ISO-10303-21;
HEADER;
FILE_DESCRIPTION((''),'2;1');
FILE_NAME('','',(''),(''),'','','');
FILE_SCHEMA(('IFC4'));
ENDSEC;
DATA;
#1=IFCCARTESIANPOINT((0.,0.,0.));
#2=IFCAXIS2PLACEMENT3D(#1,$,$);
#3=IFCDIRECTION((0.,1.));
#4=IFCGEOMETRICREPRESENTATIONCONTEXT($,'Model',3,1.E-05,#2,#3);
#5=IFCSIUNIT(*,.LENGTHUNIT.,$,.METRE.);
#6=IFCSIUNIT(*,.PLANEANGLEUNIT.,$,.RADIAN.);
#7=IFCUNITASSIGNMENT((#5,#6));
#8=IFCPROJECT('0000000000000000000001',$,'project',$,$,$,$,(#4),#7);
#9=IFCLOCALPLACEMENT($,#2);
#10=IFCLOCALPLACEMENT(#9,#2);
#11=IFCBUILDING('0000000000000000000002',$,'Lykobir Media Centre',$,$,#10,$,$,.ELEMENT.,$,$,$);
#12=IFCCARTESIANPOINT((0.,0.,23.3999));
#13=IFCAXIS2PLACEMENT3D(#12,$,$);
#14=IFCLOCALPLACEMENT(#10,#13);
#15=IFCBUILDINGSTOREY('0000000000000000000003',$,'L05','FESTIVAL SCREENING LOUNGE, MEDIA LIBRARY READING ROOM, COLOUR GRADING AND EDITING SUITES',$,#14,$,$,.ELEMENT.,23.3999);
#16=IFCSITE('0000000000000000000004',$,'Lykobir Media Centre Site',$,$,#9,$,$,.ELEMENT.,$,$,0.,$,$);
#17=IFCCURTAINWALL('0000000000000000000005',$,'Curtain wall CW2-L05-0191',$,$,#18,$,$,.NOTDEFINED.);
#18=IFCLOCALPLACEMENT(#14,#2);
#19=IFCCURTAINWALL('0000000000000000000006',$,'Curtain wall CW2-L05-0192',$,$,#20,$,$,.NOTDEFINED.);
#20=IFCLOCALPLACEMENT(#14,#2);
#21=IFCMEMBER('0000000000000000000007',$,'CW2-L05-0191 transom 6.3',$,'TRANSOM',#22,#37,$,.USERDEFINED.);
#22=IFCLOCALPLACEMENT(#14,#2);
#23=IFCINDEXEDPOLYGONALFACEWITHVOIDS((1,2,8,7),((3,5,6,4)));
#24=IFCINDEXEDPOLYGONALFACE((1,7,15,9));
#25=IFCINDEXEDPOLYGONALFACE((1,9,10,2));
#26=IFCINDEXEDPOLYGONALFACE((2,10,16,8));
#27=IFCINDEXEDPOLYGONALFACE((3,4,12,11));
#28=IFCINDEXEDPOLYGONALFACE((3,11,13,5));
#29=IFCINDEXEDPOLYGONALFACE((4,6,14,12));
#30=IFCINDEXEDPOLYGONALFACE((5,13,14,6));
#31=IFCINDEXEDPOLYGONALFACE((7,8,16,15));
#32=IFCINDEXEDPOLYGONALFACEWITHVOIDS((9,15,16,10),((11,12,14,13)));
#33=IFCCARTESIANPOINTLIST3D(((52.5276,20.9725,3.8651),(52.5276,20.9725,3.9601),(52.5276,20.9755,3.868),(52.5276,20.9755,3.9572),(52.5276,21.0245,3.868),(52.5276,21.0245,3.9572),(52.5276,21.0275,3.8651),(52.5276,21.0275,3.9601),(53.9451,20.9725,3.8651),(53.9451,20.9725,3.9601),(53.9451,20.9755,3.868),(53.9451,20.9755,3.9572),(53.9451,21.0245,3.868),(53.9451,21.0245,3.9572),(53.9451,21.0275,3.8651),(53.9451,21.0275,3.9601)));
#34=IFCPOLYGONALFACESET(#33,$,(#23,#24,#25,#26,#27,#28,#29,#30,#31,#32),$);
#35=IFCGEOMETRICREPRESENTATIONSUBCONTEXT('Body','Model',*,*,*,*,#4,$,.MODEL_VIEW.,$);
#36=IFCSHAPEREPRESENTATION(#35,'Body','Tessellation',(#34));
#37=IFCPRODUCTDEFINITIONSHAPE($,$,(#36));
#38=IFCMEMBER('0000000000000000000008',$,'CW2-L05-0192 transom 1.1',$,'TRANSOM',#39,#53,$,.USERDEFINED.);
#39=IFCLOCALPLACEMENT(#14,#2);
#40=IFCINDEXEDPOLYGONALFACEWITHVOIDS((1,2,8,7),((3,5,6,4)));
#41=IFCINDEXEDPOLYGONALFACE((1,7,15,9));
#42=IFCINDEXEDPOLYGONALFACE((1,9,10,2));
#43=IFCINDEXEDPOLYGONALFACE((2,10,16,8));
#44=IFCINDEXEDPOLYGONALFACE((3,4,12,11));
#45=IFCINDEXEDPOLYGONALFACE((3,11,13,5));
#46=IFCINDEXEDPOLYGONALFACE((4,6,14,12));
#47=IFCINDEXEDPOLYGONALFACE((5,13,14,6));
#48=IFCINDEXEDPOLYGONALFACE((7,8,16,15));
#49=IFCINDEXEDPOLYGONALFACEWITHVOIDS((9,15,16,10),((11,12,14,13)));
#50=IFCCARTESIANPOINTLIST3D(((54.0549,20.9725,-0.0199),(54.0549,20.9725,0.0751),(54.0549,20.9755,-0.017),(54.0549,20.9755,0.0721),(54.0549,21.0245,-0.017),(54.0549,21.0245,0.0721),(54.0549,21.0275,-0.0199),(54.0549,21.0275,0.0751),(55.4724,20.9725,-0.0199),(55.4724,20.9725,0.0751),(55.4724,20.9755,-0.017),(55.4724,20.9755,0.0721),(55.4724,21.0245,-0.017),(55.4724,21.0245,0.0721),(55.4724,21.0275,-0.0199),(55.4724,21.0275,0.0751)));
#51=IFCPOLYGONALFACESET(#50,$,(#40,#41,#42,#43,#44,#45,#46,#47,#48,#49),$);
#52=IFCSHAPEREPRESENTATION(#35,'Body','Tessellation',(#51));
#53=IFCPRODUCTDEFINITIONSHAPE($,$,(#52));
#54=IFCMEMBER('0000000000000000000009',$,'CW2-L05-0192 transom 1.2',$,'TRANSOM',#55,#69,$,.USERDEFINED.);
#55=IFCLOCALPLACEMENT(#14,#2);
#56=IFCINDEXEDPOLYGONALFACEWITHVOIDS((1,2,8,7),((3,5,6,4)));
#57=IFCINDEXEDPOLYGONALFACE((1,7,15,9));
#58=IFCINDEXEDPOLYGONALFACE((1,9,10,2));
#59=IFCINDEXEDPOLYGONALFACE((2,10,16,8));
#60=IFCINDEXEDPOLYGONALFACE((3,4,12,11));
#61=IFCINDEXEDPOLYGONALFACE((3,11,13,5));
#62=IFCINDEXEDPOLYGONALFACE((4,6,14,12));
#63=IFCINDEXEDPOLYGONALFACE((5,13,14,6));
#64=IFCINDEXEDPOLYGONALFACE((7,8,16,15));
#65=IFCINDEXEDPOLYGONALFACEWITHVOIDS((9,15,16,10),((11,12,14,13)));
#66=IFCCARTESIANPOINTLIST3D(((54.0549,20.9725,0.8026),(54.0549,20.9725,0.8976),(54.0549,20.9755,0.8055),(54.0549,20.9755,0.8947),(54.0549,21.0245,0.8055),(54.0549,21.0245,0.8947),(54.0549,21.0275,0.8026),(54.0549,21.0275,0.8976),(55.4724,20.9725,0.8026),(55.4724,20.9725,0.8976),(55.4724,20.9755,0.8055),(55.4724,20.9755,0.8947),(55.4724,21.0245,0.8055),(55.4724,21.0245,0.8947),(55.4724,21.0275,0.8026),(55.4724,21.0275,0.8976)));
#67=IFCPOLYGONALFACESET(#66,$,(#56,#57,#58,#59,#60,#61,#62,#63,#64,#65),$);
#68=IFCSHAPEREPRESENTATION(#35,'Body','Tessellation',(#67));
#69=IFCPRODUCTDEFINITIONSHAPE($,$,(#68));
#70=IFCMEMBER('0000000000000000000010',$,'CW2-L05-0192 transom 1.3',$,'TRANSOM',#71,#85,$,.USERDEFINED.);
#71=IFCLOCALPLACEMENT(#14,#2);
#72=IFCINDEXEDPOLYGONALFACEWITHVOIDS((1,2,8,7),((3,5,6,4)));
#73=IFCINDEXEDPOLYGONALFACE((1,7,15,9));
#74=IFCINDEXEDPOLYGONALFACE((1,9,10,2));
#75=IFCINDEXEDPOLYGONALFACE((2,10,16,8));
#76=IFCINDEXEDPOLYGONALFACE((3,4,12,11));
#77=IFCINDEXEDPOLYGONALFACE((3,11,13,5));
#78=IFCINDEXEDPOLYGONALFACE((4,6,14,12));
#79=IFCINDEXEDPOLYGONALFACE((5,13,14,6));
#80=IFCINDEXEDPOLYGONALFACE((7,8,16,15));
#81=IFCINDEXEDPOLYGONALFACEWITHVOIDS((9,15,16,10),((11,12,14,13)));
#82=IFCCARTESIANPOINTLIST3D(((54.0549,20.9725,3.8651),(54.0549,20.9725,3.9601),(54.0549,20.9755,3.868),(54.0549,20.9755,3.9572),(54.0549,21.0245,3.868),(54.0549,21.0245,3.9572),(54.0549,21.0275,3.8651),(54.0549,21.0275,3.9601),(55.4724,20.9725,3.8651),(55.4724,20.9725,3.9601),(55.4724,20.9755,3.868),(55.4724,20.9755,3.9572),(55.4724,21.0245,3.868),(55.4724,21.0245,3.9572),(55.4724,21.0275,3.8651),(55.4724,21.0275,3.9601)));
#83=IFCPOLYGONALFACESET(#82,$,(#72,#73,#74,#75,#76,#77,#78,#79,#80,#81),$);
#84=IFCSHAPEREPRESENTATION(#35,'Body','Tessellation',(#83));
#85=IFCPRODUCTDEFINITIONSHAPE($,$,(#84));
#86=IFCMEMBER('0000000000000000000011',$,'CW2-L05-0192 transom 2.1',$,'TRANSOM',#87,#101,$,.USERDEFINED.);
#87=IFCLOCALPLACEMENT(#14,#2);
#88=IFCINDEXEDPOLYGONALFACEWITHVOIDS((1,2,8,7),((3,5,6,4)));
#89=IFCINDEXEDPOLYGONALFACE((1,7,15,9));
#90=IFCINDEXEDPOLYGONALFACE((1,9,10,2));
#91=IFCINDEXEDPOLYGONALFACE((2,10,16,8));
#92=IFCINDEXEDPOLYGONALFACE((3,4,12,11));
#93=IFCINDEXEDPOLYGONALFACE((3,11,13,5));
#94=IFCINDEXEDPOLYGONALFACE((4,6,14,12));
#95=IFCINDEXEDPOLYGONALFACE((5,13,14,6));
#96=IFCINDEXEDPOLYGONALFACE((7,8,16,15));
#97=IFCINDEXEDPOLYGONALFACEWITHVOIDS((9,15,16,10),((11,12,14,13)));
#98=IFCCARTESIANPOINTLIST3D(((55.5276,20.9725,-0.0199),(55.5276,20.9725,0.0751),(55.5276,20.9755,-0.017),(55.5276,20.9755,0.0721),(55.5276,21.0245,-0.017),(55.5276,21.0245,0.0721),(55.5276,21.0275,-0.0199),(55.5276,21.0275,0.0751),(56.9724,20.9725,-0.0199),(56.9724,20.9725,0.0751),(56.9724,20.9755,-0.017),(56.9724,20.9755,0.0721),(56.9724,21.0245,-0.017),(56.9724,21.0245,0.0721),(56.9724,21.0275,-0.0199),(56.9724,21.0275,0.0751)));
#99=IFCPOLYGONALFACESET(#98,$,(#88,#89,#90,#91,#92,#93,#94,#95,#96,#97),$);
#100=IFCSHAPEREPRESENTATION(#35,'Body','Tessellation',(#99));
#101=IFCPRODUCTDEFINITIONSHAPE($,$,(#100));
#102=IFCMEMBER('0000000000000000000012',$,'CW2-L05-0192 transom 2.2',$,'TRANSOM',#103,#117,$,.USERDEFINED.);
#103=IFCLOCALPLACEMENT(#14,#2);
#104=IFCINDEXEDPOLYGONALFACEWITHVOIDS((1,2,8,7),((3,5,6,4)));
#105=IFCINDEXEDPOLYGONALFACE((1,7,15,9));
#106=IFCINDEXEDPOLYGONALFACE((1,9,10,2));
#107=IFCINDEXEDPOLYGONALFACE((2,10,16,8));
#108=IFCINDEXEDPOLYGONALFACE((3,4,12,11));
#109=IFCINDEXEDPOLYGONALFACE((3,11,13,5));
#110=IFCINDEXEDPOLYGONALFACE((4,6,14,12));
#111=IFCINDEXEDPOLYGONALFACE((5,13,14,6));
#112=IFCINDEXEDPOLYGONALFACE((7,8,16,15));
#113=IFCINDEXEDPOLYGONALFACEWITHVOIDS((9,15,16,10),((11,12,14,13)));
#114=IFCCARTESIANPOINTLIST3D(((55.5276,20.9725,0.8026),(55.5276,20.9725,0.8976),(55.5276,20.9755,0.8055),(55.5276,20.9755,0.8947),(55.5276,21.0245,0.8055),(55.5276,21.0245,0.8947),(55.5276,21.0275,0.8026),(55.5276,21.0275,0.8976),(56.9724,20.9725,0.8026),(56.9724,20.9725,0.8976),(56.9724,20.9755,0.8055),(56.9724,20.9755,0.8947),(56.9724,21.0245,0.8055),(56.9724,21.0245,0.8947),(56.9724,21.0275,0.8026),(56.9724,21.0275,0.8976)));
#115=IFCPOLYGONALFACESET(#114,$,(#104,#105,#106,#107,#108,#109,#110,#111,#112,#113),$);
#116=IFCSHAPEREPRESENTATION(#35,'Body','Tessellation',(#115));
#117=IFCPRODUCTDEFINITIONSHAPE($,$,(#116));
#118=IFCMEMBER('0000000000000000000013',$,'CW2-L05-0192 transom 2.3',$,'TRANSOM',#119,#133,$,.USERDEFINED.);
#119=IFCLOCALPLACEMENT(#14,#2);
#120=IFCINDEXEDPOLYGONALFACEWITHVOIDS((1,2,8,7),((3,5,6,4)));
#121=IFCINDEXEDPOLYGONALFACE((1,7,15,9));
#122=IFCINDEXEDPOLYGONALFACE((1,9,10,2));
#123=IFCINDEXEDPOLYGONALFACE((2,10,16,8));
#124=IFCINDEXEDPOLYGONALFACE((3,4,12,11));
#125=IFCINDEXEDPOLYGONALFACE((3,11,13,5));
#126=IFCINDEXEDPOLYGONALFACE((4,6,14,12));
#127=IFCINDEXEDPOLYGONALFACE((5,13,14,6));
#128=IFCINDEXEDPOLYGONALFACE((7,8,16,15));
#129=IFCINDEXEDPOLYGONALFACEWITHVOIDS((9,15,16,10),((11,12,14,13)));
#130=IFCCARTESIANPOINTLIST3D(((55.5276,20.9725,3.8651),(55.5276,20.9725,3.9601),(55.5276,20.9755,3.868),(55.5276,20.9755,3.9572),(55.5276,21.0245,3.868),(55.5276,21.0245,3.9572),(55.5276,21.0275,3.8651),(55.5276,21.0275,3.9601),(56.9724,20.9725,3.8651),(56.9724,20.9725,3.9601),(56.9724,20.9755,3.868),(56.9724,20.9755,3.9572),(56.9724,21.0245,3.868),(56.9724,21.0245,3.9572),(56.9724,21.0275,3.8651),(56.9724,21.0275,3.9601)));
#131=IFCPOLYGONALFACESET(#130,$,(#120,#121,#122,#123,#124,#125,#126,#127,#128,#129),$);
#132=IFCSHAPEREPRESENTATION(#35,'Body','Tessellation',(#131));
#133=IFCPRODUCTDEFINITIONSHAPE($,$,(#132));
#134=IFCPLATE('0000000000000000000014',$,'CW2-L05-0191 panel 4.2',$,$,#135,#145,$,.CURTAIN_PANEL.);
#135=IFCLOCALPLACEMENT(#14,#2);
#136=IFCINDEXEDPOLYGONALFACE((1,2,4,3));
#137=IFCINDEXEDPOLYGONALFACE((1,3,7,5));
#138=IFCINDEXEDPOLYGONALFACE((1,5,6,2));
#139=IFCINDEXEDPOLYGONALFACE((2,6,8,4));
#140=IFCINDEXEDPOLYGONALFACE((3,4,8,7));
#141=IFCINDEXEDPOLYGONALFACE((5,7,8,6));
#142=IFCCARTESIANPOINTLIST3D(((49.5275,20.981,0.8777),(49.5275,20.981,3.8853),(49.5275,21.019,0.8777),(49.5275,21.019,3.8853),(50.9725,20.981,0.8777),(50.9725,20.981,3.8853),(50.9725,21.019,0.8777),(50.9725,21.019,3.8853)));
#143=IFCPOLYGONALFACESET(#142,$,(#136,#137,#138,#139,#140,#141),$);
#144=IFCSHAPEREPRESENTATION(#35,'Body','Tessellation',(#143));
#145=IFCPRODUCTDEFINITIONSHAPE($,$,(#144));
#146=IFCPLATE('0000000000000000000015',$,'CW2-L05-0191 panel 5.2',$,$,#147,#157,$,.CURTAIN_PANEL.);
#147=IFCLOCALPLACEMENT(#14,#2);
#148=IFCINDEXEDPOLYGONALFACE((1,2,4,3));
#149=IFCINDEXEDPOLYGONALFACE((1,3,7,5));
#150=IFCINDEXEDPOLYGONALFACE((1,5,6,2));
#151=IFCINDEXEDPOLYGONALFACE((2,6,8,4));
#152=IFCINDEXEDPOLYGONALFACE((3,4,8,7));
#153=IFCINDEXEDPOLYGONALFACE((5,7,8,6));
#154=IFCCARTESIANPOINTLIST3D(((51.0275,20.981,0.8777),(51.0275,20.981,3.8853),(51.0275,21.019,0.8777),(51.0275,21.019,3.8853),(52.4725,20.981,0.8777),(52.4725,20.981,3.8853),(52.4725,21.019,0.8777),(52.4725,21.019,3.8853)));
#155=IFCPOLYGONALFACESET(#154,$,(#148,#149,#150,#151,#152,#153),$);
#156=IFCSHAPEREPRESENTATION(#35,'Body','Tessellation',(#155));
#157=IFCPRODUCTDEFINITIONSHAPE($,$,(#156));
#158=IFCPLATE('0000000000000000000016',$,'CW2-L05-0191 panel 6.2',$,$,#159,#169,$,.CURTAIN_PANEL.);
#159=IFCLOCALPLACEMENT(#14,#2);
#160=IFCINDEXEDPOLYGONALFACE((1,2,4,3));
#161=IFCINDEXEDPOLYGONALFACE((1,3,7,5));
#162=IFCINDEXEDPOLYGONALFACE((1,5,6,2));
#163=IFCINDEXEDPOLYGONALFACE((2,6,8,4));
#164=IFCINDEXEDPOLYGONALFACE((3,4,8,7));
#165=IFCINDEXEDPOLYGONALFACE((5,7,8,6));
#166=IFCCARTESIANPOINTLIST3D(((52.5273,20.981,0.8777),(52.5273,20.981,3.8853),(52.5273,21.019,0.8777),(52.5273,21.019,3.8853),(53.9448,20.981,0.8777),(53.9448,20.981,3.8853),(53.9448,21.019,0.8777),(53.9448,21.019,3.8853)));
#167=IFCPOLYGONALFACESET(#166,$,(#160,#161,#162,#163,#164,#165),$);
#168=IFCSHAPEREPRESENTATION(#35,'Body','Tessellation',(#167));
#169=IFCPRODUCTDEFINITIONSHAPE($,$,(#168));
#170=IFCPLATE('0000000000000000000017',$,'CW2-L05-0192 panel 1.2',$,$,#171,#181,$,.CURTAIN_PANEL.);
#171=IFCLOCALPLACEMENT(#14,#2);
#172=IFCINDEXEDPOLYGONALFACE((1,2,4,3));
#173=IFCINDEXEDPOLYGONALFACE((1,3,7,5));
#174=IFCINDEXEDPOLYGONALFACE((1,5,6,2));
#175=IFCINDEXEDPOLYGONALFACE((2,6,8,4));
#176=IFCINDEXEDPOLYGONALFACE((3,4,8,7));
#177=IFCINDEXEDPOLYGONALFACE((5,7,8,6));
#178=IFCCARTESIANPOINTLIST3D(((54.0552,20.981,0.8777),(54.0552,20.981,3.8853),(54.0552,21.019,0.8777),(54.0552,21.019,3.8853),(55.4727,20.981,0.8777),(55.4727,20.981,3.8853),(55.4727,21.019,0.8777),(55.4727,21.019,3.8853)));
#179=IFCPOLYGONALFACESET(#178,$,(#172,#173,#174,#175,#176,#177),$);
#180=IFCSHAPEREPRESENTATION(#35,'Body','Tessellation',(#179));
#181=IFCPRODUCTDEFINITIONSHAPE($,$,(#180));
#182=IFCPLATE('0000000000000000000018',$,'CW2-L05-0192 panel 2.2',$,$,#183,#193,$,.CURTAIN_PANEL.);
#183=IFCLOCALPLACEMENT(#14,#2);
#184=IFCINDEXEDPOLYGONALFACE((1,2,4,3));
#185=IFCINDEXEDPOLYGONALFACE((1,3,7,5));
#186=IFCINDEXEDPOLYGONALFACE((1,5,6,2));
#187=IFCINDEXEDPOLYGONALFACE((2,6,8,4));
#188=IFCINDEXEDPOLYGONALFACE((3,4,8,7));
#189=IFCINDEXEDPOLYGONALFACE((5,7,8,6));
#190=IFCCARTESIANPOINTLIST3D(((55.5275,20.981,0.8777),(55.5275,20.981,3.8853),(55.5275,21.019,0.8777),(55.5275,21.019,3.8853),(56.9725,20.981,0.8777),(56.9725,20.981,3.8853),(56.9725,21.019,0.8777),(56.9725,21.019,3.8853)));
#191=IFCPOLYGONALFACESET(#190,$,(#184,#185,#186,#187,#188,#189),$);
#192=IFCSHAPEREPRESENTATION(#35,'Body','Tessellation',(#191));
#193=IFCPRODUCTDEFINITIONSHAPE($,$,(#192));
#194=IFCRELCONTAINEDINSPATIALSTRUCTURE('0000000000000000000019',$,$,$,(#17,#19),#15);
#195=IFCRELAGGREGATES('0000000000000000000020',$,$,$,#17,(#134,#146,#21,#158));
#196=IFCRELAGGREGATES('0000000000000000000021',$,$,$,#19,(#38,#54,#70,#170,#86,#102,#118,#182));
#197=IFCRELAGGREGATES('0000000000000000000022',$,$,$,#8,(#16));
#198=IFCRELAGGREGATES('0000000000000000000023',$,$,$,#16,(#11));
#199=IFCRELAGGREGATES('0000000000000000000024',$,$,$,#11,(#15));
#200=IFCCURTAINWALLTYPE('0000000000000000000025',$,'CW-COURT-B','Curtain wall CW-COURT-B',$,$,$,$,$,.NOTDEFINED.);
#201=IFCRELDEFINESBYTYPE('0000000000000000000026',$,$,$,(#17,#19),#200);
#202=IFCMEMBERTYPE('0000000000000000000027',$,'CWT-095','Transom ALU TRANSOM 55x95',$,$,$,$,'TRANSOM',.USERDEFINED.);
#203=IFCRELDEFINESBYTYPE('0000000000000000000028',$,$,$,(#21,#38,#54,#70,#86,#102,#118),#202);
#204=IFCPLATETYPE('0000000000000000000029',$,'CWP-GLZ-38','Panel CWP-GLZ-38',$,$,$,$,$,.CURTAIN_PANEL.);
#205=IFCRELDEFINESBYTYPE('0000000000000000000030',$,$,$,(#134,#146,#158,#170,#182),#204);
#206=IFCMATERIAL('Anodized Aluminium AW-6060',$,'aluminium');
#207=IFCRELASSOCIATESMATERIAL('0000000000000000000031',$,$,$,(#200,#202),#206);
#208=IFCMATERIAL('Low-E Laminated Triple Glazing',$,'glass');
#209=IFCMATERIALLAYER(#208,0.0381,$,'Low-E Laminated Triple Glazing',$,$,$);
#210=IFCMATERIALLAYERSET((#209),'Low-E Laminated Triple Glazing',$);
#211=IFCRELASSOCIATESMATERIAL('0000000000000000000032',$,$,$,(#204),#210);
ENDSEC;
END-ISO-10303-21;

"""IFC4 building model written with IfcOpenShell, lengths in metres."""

from ifc_helpers import new_model, si_unit, direction, frame, origin, origin_2d, place, context, subcontext, project, spatial, rectangle, hollow_rectangle, extrude, material, layer, layer_set, material_profile, profile_set, type_object, element, aggregate, save


model = new_model("IFC4")

# Units and contexts
model_context = context("Model", 3, precision=1e-05, world=origin(), true_north=direction((0.0, 1.0)))
body_context = subcontext(model_context, "Body", "Model", "MODEL_VIEW")
ifc_project = project(units=[si_unit("LENGTHUNIT", "METRE"), si_unit("PLANEANGLEUNIT", "RADIAN")], contexts=[model_context])

# Site, building, storey
site_placement = place(None, origin())
site = spatial("IfcSite", under=ifc_project, at=site_placement, Name="Lykobir Media Centre Site", CompositionType="ELEMENT", RefElevation=0.0)
building_placement = place(site_placement, origin())
building = spatial("IfcBuilding", under=site, at=building_placement, Name="Lykobir Media Centre", CompositionType="ELEMENT")
storey_placement = place(building_placement, frame((0.0, 0.0, 23.3999)))
storey = spatial("IfcBuildingStorey", under=building, at=storey_placement, Name="L05", Description="FESTIVAL SCREENING LOUNGE, MEDIA LIBRARY READING ROOM, COLOUR GRADING AND EDITING SUITES", CompositionType="ELEMENT", Elevation=23.3999)

# Curtain walls
ifc_material_1 = material(Name="Anodized Aluminium AW-6060", Category="aluminium")
curtain_wall_type = type_object("IfcCurtainWallType", Name="CW-COURT-B", Description="Curtain wall CW-COURT-B", PredefinedType="NOTDEFINED", material=ifc_material_1)
curtain_wall_1_placement = place(storey_placement, origin())
curtain_wall_1 = element("IfcCurtainWall", 1, at=curtain_wall_1_placement, inside=storey, type_object=curtain_wall_type, Name="Curtain wall CW2-L05-0191", PredefinedType="NOTDEFINED")
curtain_wall_2_placement = place(storey_placement, origin())
curtain_wall_2 = element("IfcCurtainWall", 2, at=curtain_wall_2_placement, inside=storey, type_object=curtain_wall_type, Name="Curtain wall CW2-L05-0192", PredefinedType="NOTDEFINED")

# Members
ifc_material_profile_1 = material_profile(ifc_material_1, hollow_rectangle(XDim=0.0549, YDim=0.095, WallThickness=0.0029, at=origin_2d()), Name="ALU TRANSOM 55x95")
ifc_profile_set_1 = profile_set([ifc_material_profile_1], Name="Anodized Aluminium AW-6060")
member_type_1 = type_object("IfcMemberType", Name="CWT-095", Description="Transom ALU TRANSOM 55x95", ElementType="TRANSOM", PredefinedType="USERDEFINED", material=ifc_profile_set_1)
member_1_placement = place(storey_placement, frame((52.5276, 21.0, 3.9126), z_axis=(1.0, 0.0, 0.0), x_axis=(0.0, 1.0, 0.0)))
member_1 = element("IfcMember", 3, at=member_1_placement, type_object=member_type_1, Name="CW2-L05-0191 transom 6.3", ObjectType="TRANSOM", PredefinedType="USERDEFINED", context=body_context, shape_type="SweptSolid", body=[
    extrude(hollow_rectangle(XDim=0.0549, YDim=0.095, WallThickness=0.0029, at=origin_2d()), origin(), (0.0, 0.0, 1.0), 1.4175),
])
member_2_placement = place(storey_placement, frame((54.0549, 21.0, 0.0276), z_axis=(1.0, 0.0, 0.0), x_axis=(0.0, 1.0, 0.0)))
member_2 = element("IfcMember", 4, at=member_2_placement, type_object=member_type_1, Name="CW2-L05-0192 transom 1.1", ObjectType="TRANSOM", PredefinedType="USERDEFINED", context=body_context, shape_type="SweptSolid", body=[
    extrude(hollow_rectangle(XDim=0.0549, YDim=0.095, WallThickness=0.0029, at=origin_2d()), origin(), (0.0, 0.0, 1.0), 1.4175),
])
member_3_placement = place(storey_placement, frame((54.0549, 21.0, 0.8501), z_axis=(1.0, 0.0, 0.0), x_axis=(0.0, 1.0, 0.0)))
member_3 = element("IfcMember", 5, at=member_3_placement, type_object=member_type_1, Name="CW2-L05-0192 transom 1.2", ObjectType="TRANSOM", PredefinedType="USERDEFINED", context=body_context, shape_type="SweptSolid", body=[
    extrude(hollow_rectangle(XDim=0.0549, YDim=0.095, WallThickness=0.0029, at=origin_2d()), origin(), (0.0, 0.0, 1.0), 1.4175),
])
member_4_placement = place(storey_placement, frame((54.0549, 21.0, 3.9126), z_axis=(1.0, 0.0, 0.0), x_axis=(0.0, 1.0, 0.0)))
member_4 = element("IfcMember", 6, at=member_4_placement, type_object=member_type_1, Name="CW2-L05-0192 transom 1.3", ObjectType="TRANSOM", PredefinedType="USERDEFINED", context=body_context, shape_type="SweptSolid", body=[
    extrude(hollow_rectangle(XDim=0.0549, YDim=0.095, WallThickness=0.0029, at=origin_2d()), origin(), (0.0, 0.0, 1.0), 1.4175),
])
member_5_placement = place(storey_placement, frame((55.5276, 21.0, 0.0276), z_axis=(1.0, 0.0, 0.0), x_axis=(0.0, 1.0, 0.0)))
member_5 = element("IfcMember", 7, at=member_5_placement, type_object=member_type_1, Name="CW2-L05-0192 transom 2.1", ObjectType="TRANSOM", PredefinedType="USERDEFINED", context=body_context, shape_type="SweptSolid", body=[
    extrude(hollow_rectangle(XDim=0.0549, YDim=0.095, WallThickness=0.0029, at=origin_2d()), origin(), (0.0, 0.0, 1.0), 1.4448),
])
member_6_placement = place(storey_placement, frame((55.5276, 21.0, 0.8501), z_axis=(1.0, 0.0, 0.0), x_axis=(0.0, 1.0, 0.0)))
member_6 = element("IfcMember", 8, at=member_6_placement, type_object=member_type_1, Name="CW2-L05-0192 transom 2.2", ObjectType="TRANSOM", PredefinedType="USERDEFINED", context=body_context, shape_type="SweptSolid", body=[
    extrude(hollow_rectangle(XDim=0.0549, YDim=0.095, WallThickness=0.0029, at=origin_2d()), origin(), (0.0, 0.0, 1.0), 1.4448),
])
member_7_placement = place(storey_placement, frame((55.5276, 21.0, 3.9126), z_axis=(1.0, 0.0, 0.0), x_axis=(0.0, 1.0, 0.0)))
member_7 = element("IfcMember", 9, at=member_7_placement, type_object=member_type_1, Name="CW2-L05-0192 transom 2.3", ObjectType="TRANSOM", PredefinedType="USERDEFINED", context=body_context, shape_type="SweptSolid", body=[
    extrude(hollow_rectangle(XDim=0.0549, YDim=0.095, WallThickness=0.0029, at=origin_2d()), origin(), (0.0, 0.0, 1.0), 1.4448),
])

# Plates
ifc_material_2 = material(Name="Low-E Laminated Triple Glazing", Category="glass")
ifc_layer_1 = layer(ifc_material_2, 0.0381, Name="Low-E Laminated Triple Glazing")
ifc_layer_set_1 = layer_set([ifc_layer_1], Name="Low-E Laminated Triple Glazing")
plate_type_1 = type_object("IfcPlateType", Name="CWP-GLZ-38", Description="Panel CWP-GLZ-38", PredefinedType="CURTAIN_PANEL", material=ifc_layer_set_1)
plate_1_placement = place(storey_placement, frame((50.25, 21.0, 0.8777), z_axis=(0.0, 0.0, 1.0), x_axis=(1.0, 0.0, 0.0)))
plate_1 = element("IfcPlate", 10, at=plate_1_placement, type_object=plate_type_1, Name="CW2-L05-0191 panel 4.2", PredefinedType="CURTAIN_PANEL", context=body_context, shape_type="SweptSolid", body=[
    extrude(rectangle(XDim=1.4451, YDim=0.0381, at=origin_2d()), origin(), (0.0, 0.0, 1.0), 3.0076),
])
plate_2_placement = place(storey_placement, frame((51.75, 21.0, 0.8777), z_axis=(0.0, 0.0, 1.0), x_axis=(1.0, 0.0, 0.0)))
plate_2 = element("IfcPlate", 11, at=plate_2_placement, type_object=plate_type_1, Name="CW2-L05-0191 panel 5.2", PredefinedType="CURTAIN_PANEL", context=body_context, shape_type="SweptSolid", body=[
    extrude(rectangle(XDim=1.4451, YDim=0.0381, at=origin_2d()), origin(), (0.0, 0.0, 1.0), 3.0076),
])
plate_3_placement = place(storey_placement, frame((53.2361, 21.0, 0.8777), z_axis=(0.0, 0.0, 1.0), x_axis=(1.0, 0.0, 0.0)))
plate_3 = element("IfcPlate", 12, at=plate_3_placement, type_object=plate_type_1, Name="CW2-L05-0191 panel 6.2", PredefinedType="CURTAIN_PANEL", context=body_context, shape_type="SweptSolid", body=[
    extrude(rectangle(XDim=1.4175, YDim=0.0381, at=origin_2d()), origin(), (0.0, 0.0, 1.0), 3.0076),
])
plate_4_placement = place(storey_placement, frame((54.7639, 21.0, 0.8777), z_axis=(0.0, 0.0, 1.0), x_axis=(1.0, 0.0, 0.0)))
plate_4 = element("IfcPlate", 13, at=plate_4_placement, type_object=plate_type_1, Name="CW2-L05-0192 panel 1.2", PredefinedType="CURTAIN_PANEL", context=body_context, shape_type="SweptSolid", body=[
    extrude(rectangle(XDim=1.4175, YDim=0.0381, at=origin_2d()), origin(), (0.0, 0.0, 1.0), 3.0076),
])
plate_5_placement = place(storey_placement, frame((56.25, 21.0, 0.8777), z_axis=(0.0, 0.0, 1.0), x_axis=(1.0, 0.0, 0.0)))
plate_5 = element("IfcPlate", 14, at=plate_5_placement, type_object=plate_type_1, Name="CW2-L05-0192 panel 2.2", PredefinedType="CURTAIN_PANEL", context=body_context, shape_type="SweptSolid", body=[
    extrude(rectangle(XDim=1.4451, YDim=0.0381, at=origin_2d()), origin(), (0.0, 0.0, 1.0), 3.0076),
])
aggregate(curtain_wall_1, [plate_1, plate_2, member_1, plate_3])
aggregate(curtain_wall_2, [member_2, member_3, member_4, plate_4, member_5, member_6, member_7, plate_5])

save(model, "model.ifc")
